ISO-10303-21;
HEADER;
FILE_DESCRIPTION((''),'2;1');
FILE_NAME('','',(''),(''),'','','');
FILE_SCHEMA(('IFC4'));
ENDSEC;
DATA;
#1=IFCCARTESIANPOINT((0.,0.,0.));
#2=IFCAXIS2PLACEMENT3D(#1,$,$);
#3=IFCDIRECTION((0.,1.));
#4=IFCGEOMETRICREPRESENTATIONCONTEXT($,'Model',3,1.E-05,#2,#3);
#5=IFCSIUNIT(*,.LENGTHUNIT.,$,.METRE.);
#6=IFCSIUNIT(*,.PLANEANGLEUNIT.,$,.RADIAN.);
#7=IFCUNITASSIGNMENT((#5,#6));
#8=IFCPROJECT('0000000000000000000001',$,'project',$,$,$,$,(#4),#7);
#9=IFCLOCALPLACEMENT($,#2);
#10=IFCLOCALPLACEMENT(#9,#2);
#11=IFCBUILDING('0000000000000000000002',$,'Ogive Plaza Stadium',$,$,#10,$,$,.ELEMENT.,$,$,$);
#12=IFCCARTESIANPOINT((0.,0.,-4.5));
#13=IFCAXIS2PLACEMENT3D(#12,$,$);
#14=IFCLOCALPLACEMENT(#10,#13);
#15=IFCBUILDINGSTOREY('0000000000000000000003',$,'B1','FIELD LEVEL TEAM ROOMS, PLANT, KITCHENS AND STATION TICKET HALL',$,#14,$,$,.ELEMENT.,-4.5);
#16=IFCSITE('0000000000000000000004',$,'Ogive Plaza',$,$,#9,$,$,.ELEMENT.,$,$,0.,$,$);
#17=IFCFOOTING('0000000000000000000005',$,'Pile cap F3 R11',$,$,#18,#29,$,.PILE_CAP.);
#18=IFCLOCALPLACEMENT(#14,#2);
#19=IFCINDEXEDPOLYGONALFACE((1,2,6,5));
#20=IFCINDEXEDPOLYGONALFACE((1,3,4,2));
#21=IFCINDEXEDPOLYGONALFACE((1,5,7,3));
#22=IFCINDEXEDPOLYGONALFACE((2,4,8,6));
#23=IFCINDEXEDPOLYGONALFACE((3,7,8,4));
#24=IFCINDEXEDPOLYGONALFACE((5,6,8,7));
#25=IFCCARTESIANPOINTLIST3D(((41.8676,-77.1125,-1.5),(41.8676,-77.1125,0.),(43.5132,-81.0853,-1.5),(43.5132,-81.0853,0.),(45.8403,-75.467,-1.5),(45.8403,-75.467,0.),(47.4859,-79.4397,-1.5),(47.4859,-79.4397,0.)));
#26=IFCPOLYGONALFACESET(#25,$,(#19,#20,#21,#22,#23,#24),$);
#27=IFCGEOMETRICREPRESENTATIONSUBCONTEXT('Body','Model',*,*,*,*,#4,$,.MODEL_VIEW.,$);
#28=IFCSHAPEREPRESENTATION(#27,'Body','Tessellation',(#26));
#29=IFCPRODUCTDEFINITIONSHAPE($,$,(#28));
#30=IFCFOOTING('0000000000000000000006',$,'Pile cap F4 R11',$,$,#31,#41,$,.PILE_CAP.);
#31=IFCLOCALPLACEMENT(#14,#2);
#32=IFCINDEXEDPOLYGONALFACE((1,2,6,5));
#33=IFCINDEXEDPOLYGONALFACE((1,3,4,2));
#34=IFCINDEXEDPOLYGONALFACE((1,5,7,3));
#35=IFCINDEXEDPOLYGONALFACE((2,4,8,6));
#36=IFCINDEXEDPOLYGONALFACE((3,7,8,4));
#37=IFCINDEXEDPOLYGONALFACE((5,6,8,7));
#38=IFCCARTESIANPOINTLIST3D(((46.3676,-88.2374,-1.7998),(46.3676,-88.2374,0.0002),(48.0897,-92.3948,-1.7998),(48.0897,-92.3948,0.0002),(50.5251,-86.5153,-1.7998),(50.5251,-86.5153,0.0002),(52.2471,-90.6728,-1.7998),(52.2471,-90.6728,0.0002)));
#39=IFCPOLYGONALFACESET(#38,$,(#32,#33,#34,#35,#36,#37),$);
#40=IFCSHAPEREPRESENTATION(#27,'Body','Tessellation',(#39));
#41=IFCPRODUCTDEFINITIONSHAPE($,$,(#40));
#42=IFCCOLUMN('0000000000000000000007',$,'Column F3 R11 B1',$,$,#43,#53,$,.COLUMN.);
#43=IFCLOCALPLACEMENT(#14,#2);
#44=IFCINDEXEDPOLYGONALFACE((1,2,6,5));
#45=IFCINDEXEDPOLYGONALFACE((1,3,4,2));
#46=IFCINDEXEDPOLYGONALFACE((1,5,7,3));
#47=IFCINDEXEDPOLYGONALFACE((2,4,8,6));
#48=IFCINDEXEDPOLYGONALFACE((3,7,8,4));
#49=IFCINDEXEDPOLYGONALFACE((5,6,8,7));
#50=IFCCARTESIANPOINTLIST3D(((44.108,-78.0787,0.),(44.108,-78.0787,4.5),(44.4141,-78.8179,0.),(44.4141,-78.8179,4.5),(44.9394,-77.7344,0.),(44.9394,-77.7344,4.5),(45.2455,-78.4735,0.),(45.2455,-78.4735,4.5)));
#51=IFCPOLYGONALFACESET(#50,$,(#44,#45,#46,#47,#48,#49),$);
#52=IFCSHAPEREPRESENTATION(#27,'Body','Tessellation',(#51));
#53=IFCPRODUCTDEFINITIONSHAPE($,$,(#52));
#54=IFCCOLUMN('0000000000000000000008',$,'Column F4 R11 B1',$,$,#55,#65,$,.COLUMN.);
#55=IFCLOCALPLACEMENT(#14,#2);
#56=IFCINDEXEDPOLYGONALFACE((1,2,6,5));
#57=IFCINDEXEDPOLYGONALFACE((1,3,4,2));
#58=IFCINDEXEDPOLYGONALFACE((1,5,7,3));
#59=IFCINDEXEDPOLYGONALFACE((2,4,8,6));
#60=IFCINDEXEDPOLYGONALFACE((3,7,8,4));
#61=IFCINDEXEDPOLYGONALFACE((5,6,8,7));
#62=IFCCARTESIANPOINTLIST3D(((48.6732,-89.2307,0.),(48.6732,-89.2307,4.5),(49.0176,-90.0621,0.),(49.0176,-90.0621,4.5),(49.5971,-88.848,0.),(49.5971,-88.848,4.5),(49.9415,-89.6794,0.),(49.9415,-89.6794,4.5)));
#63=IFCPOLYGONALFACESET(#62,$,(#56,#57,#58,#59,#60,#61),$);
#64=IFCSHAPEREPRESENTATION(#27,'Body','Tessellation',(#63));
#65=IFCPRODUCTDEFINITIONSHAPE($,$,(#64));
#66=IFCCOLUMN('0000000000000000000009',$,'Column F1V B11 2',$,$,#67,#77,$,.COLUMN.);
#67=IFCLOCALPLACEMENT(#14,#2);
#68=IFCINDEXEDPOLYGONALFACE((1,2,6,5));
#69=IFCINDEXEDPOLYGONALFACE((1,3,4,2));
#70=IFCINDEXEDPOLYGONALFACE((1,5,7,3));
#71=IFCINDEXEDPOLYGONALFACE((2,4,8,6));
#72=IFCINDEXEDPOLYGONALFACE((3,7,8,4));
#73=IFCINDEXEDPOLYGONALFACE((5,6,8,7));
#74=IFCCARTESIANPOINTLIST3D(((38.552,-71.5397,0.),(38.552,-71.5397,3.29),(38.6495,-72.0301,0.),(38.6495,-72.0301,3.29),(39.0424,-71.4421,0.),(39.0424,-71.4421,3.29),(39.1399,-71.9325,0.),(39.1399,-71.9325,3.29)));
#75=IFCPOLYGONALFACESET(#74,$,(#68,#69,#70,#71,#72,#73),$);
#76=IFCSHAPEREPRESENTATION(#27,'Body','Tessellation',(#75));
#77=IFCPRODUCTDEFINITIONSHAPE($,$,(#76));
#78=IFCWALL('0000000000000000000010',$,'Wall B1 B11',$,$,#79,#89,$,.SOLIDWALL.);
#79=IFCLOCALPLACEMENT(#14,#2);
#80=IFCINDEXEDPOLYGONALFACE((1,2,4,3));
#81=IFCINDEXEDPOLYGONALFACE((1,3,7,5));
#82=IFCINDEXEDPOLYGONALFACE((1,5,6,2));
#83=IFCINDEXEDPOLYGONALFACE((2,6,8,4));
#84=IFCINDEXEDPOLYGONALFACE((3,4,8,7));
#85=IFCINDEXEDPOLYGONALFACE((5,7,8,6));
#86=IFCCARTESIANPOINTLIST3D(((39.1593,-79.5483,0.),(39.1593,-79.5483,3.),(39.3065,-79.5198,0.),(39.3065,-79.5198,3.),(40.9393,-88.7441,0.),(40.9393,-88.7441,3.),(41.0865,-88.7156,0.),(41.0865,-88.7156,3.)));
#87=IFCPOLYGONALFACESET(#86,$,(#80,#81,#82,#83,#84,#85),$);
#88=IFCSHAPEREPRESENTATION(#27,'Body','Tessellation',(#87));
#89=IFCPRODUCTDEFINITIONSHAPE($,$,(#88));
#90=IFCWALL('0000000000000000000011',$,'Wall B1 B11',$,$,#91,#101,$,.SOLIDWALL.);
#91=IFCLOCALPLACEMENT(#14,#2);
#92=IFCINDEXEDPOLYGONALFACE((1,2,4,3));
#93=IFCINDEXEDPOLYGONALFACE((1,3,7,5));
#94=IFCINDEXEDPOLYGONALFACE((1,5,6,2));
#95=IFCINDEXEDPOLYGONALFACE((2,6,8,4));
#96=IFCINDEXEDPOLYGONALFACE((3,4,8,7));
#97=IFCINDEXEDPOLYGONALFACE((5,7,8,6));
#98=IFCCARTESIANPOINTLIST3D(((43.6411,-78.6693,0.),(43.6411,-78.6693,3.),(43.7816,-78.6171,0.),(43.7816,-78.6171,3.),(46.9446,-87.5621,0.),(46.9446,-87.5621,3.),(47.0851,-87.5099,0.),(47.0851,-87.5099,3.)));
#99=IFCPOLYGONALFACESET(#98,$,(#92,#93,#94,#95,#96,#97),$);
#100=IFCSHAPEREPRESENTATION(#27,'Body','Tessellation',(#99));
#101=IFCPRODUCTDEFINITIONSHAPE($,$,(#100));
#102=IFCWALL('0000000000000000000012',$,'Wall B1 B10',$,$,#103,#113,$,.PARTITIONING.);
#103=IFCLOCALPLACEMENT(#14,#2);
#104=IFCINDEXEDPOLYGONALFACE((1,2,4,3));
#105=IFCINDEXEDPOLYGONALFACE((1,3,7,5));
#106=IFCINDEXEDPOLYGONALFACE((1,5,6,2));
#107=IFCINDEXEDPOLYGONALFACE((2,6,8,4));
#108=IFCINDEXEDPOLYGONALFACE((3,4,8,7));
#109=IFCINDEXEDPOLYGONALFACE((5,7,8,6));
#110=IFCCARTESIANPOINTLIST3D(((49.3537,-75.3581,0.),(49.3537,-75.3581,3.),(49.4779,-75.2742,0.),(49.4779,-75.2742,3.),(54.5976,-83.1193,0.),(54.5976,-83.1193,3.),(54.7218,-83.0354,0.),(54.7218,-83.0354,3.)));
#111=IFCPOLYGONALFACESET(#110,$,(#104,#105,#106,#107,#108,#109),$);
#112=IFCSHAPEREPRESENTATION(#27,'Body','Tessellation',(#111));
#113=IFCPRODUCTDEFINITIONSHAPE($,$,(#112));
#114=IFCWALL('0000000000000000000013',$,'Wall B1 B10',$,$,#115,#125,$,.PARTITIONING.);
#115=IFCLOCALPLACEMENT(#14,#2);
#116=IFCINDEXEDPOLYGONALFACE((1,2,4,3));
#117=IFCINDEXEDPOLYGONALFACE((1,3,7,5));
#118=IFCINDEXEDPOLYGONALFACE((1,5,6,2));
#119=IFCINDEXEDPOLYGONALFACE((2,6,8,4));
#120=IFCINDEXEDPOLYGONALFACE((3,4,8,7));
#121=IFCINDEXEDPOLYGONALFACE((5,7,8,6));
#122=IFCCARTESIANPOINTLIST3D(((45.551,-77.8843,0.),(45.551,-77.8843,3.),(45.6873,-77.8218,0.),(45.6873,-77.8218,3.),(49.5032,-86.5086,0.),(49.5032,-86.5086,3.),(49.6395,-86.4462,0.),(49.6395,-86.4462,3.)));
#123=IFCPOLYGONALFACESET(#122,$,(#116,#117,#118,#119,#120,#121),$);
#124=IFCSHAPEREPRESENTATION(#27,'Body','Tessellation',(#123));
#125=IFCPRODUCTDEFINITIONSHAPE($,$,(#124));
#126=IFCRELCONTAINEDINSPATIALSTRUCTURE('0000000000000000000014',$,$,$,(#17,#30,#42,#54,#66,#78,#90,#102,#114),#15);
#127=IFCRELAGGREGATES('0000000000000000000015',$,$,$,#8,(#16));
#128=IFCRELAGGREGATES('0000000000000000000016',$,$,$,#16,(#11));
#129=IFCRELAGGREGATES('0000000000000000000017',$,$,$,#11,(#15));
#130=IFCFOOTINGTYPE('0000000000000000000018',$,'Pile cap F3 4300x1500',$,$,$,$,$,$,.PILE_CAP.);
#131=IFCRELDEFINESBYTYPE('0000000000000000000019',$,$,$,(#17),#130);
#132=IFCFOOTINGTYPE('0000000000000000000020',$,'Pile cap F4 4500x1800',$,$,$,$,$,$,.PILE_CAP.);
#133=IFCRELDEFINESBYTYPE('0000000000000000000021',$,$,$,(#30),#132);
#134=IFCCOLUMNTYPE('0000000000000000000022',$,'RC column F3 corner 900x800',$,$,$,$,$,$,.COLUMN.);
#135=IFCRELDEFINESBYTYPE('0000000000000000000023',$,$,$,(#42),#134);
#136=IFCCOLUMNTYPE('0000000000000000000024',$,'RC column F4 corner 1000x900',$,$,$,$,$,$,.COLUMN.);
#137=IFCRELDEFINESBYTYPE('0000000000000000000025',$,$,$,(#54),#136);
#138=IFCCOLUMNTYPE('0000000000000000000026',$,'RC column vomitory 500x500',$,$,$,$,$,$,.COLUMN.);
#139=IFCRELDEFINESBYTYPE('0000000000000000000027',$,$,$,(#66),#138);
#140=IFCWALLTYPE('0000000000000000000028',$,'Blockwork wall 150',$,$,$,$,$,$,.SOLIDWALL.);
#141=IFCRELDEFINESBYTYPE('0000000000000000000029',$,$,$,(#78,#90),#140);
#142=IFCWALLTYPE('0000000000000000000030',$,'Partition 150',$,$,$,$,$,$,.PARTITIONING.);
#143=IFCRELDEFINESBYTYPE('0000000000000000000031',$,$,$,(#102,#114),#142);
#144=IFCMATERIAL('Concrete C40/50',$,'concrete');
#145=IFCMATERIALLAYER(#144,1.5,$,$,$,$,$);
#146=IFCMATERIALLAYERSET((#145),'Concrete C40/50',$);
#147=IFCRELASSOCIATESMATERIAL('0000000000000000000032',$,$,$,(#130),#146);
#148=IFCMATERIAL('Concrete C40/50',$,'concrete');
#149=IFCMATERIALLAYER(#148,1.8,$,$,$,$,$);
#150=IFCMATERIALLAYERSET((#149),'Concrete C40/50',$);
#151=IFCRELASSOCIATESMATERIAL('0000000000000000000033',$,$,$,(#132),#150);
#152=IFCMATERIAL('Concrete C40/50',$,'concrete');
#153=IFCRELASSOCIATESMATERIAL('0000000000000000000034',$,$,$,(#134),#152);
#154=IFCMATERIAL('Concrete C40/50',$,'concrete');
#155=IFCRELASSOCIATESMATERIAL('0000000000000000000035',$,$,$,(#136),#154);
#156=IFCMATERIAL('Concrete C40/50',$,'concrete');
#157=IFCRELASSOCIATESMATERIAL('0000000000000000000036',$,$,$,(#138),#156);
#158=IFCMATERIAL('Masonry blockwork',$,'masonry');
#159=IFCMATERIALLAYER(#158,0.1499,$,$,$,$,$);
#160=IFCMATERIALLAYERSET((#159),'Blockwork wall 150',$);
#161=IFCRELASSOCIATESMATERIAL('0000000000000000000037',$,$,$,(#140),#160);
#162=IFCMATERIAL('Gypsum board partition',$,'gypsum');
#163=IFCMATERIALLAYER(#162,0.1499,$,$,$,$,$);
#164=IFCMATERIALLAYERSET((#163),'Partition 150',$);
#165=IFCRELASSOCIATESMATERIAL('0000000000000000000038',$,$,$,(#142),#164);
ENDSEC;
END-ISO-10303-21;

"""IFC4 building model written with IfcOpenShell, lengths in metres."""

from ifc_helpers import new_model, si_unit, direction, frame, frame_2d, origin, origin_2d, place, context, subcontext, project, spatial, rectangle, extrude, material, layer, layer_set, material_profile, profile_set, type_object, element, save


model = new_model("IFC4")

# Units and contexts
model_context = context("Model", 3, precision=1e-05, world=origin(), true_north=direction((0.0, 1.0)))
body_context = subcontext(model_context, "Body", "Model", "MODEL_VIEW")
ifc_project = project(units=[si_unit("LENGTHUNIT", "METRE"), si_unit("PLANEANGLEUNIT", "RADIAN")], contexts=[model_context])

# Site, building, storey
site_placement = place(None, origin())
site = spatial("IfcSite", under=ifc_project, at=site_placement, Name="Ogive Plaza", CompositionType="ELEMENT", RefElevation=0.0)
building_placement = place(site_placement, origin())
building = spatial("IfcBuilding", under=site, at=building_placement, Name="Ogive Plaza Stadium", CompositionType="ELEMENT")
storey_placement = place(building_placement, frame((0.0, 0.0, -4.5)))
storey = spatial("IfcBuildingStorey", under=building, at=storey_placement, Name="B1", Description="FIELD LEVEL TEAM ROOMS, PLANT, KITCHENS AND STATION TICKET HALL", CompositionType="ELEMENT", Elevation=-4.5)

# Footings
ifc_material_1 = material(Name="Concrete C40/50", Category="concrete")
ifc_layer_1 = layer(ifc_material_1, 1.5)
ifc_layer_set_1 = layer_set([ifc_layer_1], Name="Concrete C40/50")
footing_type_1 = type_object("IfcFootingType", Name="Pile cap F3 4300x1500", PredefinedType="PILE_CAP", material=ifc_layer_set_1)
footing_1_placement = place(storey_placement, frame((44.6768, -78.2761, -1.5), z_axis=(0.0, 0.0, 1.0), x_axis=(0.382683, -0.92388, 0.0)))
element("IfcFooting", 1, at=footing_1_placement, inside=storey, type_object=footing_type_1, Name="Pile cap F3 R11", PredefinedType="PILE_CAP", context=body_context, shape_type="SweptSolid", body=[
    extrude(rectangle(XDim=4.3, YDim=4.3, at=origin_2d()), origin(), (0.0, 0.0, 1.0), 1.5),
])
ifc_material_2 = material(Name="Concrete C40/50", Category="concrete")
ifc_layer_2 = layer(ifc_material_2, 1.8)
ifc_layer_set_2 = layer_set([ifc_layer_2], Name="Concrete C40/50")
footing_type_2 = type_object("IfcFootingType", Name="Pile cap F4 4500x1800", PredefinedType="PILE_CAP", material=ifc_layer_set_2)
footing_2_placement = place(storey_placement, frame((49.3074, -89.4551, -1.7998), z_axis=(0.0, 0.0, 1.0), x_axis=(0.382683, -0.92388, 0.0)))
element("IfcFooting", 2, at=footing_2_placement, inside=storey, type_object=footing_type_2, Name="Pile cap F4 R11", PredefinedType="PILE_CAP", context=body_context, shape_type="SweptSolid", body=[
    extrude(rectangle(XDim=4.5, YDim=4.5, at=origin_2d()), origin(), (0.0, 0.0, 1.0), 1.8),
])

# Columns
ifc_material_3 = material(Name="Concrete C40/50", Category="concrete")
ifc_material_profile_1 = material_profile(ifc_material_3, rectangle(XDim=0.8999, YDim=0.8, at=origin_2d()), Name="RC 900x800")
ifc_profile_set_1 = profile_set([ifc_material_profile_1], Name="Concrete C40/50")
column_type_1 = type_object("IfcColumnType", Name="RC column F3 corner 900x800", PredefinedType="COLUMN", material=ifc_profile_set_1)
column_1_placement = place(storey_placement, frame((44.6768, -78.2761, 0.0), z_axis=(0.0, 0.0, 1.0), x_axis=(0.92388, 0.382683, 0.0)))
element("IfcColumn", 3, at=column_1_placement, inside=storey, type_object=column_type_1, Name="Column F3 R11 B1", PredefinedType="COLUMN", context=body_context, shape_type="SweptSolid", body=[
    extrude(rectangle(XDim=0.8999, YDim=0.8, at=origin_2d()), origin(), (0.0, 0.0, 1.0), 4.5),
])
ifc_material_4 = material(Name="Concrete C40/50", Category="concrete")
ifc_material_profile_2 = material_profile(ifc_material_4, rectangle(XDim=1.0, YDim=0.8999, at=origin_2d()), Name="RC 1000x900")
ifc_profile_set_2 = profile_set([ifc_material_profile_2], Name="Concrete C40/50")
column_type_2 = type_object("IfcColumnType", Name="RC column F4 corner 1000x900", PredefinedType="COLUMN", material=ifc_profile_set_2)
column_2_placement = place(storey_placement, frame((49.3074, -89.4551, 0.0), z_axis=(0.0, 0.0, 1.0), x_axis=(0.92388, 0.382683, 0.0)))
element("IfcColumn", 4, at=column_2_placement, inside=storey, type_object=column_type_2, Name="Column F4 R11 B1", PredefinedType="COLUMN", context=body_context, shape_type="SweptSolid", body=[
    extrude(rectangle(XDim=1.0, YDim=0.8999, at=origin_2d()), origin(), (0.0, 0.0, 1.0), 4.5),
])
ifc_material_5 = material(Name="Concrete C40/50", Category="concrete")
ifc_material_profile_3 = material_profile(ifc_material_5, rectangle(XDim=0.5, YDim=0.5, at=origin_2d()), Name="RC 500x500")
ifc_profile_set_3 = profile_set([ifc_material_profile_3], Name="Concrete C40/50")
column_type_3 = type_object("IfcColumnType", Name="RC column vomitory 500x500", PredefinedType="COLUMN", material=ifc_profile_set_3)
column_3_placement = place(storey_placement, frame((38.8459, -71.7361, 0.0), z_axis=(0.0, 0.0, 1.0), x_axis=(0.980785, 0.19509, 0.0)))
element("IfcColumn", 5, at=column_3_placement, inside=storey, type_object=column_type_3, Name="Column F1V B11 2", PredefinedType="COLUMN", context=body_context, shape_type="SweptSolid", body=[
    extrude(rectangle(XDim=0.5, YDim=0.5, at=origin_2d()), origin(), (0.0, 0.0, 1.0), 3.29),
])

# Walls
ifc_material_6 = material(Name="Masonry blockwork", Category="masonry")
ifc_layer_3 = layer(ifc_material_6, 0.1499)
ifc_layer_set_3 = layer_set([ifc_layer_3], Name="Blockwork wall 150")
wall_type_1 = type_object("IfcWallType", Name="Blockwork wall 150", PredefinedType="SOLIDWALL", material=ifc_layer_set_3)
wall_1_placement = place(storey_placement, frame((39.2329, -79.5342, 0.0), z_axis=(0.0, 0.0, 1.0), x_axis=(0.190042, -0.981776, 0.0)))
element("IfcWall", 6, at=wall_1_placement, inside=storey, type_object=wall_type_1, Name="Wall B1 B11", PredefinedType="SOLIDWALL", context=body_context, shape_type="SweptSolid", body=[
    extrude(rectangle(XDim=9.3665, YDim=0.1499, at=frame_2d((4.6831, 0.0))), origin(), (0.0, 0.0, 1.0), 3.0),
])
wall_2_placement = place(storey_placement, frame((43.7114, -78.6433, 0.0), z_axis=(0.0, 0.0, 1.0), x_axis=(0.348225, -0.937411, 0.0)))
element("IfcWall", 7, at=wall_2_placement, inside=storey, type_object=wall_type_1, Name="Wall B1 B11", PredefinedType="SOLIDWALL", context=body_context, shape_type="SweptSolid", body=[
    extrude(rectangle(XDim=9.4866, YDim=0.1499, at=frame_2d((4.7432, 0.0))), origin(), (0.0, 0.0, 1.0), 3.0),
])
ifc_material_7 = material(Name="Gypsum board partition", Category="gypsum")
ifc_layer_4 = layer(ifc_material_7, 0.1499)
ifc_layer_set_4 = layer_set([ifc_layer_4], Name="Partition 150")
wall_type_2 = type_object("IfcWallType", Name="Partition 150", PredefinedType="PARTITIONING", material=ifc_layer_set_4)
wall_3_placement = place(storey_placement, frame((49.4158, -75.3162, 0.0), z_axis=(0.0, 0.0, 1.0), x_axis=(0.559844, -0.828598, 0.0)))
element("IfcWall", 8, at=wall_3_placement, inside=storey, type_object=wall_type_2, Name="Wall B1 B10", PredefinedType="PARTITIONING", context=body_context, shape_type="SweptSolid", body=[
    extrude(rectangle(XDim=9.3667, YDim=0.1499, at=frame_2d((4.6833, 0.0))), origin(), (0.0, 0.0, 1.0), 3.0),
])
wall_4_placement = place(storey_placement, frame((45.6191, -77.853, 0.0), z_axis=(0.0, 0.0, 1.0), x_axis=(0.416599, -0.90909, 0.0)))
element("IfcWall", 9, at=wall_4_placement, inside=storey, type_object=wall_type_2, Name="Wall B1 B10", PredefinedType="PARTITIONING", context=body_context, shape_type="SweptSolid", body=[
    extrude(rectangle(XDim=9.4868, YDim=0.1499, at=frame_2d((4.7434, 0.0))), origin(), (0.0, 0.0, 1.0), 3.0),
])

save(model, "model.ifc")
